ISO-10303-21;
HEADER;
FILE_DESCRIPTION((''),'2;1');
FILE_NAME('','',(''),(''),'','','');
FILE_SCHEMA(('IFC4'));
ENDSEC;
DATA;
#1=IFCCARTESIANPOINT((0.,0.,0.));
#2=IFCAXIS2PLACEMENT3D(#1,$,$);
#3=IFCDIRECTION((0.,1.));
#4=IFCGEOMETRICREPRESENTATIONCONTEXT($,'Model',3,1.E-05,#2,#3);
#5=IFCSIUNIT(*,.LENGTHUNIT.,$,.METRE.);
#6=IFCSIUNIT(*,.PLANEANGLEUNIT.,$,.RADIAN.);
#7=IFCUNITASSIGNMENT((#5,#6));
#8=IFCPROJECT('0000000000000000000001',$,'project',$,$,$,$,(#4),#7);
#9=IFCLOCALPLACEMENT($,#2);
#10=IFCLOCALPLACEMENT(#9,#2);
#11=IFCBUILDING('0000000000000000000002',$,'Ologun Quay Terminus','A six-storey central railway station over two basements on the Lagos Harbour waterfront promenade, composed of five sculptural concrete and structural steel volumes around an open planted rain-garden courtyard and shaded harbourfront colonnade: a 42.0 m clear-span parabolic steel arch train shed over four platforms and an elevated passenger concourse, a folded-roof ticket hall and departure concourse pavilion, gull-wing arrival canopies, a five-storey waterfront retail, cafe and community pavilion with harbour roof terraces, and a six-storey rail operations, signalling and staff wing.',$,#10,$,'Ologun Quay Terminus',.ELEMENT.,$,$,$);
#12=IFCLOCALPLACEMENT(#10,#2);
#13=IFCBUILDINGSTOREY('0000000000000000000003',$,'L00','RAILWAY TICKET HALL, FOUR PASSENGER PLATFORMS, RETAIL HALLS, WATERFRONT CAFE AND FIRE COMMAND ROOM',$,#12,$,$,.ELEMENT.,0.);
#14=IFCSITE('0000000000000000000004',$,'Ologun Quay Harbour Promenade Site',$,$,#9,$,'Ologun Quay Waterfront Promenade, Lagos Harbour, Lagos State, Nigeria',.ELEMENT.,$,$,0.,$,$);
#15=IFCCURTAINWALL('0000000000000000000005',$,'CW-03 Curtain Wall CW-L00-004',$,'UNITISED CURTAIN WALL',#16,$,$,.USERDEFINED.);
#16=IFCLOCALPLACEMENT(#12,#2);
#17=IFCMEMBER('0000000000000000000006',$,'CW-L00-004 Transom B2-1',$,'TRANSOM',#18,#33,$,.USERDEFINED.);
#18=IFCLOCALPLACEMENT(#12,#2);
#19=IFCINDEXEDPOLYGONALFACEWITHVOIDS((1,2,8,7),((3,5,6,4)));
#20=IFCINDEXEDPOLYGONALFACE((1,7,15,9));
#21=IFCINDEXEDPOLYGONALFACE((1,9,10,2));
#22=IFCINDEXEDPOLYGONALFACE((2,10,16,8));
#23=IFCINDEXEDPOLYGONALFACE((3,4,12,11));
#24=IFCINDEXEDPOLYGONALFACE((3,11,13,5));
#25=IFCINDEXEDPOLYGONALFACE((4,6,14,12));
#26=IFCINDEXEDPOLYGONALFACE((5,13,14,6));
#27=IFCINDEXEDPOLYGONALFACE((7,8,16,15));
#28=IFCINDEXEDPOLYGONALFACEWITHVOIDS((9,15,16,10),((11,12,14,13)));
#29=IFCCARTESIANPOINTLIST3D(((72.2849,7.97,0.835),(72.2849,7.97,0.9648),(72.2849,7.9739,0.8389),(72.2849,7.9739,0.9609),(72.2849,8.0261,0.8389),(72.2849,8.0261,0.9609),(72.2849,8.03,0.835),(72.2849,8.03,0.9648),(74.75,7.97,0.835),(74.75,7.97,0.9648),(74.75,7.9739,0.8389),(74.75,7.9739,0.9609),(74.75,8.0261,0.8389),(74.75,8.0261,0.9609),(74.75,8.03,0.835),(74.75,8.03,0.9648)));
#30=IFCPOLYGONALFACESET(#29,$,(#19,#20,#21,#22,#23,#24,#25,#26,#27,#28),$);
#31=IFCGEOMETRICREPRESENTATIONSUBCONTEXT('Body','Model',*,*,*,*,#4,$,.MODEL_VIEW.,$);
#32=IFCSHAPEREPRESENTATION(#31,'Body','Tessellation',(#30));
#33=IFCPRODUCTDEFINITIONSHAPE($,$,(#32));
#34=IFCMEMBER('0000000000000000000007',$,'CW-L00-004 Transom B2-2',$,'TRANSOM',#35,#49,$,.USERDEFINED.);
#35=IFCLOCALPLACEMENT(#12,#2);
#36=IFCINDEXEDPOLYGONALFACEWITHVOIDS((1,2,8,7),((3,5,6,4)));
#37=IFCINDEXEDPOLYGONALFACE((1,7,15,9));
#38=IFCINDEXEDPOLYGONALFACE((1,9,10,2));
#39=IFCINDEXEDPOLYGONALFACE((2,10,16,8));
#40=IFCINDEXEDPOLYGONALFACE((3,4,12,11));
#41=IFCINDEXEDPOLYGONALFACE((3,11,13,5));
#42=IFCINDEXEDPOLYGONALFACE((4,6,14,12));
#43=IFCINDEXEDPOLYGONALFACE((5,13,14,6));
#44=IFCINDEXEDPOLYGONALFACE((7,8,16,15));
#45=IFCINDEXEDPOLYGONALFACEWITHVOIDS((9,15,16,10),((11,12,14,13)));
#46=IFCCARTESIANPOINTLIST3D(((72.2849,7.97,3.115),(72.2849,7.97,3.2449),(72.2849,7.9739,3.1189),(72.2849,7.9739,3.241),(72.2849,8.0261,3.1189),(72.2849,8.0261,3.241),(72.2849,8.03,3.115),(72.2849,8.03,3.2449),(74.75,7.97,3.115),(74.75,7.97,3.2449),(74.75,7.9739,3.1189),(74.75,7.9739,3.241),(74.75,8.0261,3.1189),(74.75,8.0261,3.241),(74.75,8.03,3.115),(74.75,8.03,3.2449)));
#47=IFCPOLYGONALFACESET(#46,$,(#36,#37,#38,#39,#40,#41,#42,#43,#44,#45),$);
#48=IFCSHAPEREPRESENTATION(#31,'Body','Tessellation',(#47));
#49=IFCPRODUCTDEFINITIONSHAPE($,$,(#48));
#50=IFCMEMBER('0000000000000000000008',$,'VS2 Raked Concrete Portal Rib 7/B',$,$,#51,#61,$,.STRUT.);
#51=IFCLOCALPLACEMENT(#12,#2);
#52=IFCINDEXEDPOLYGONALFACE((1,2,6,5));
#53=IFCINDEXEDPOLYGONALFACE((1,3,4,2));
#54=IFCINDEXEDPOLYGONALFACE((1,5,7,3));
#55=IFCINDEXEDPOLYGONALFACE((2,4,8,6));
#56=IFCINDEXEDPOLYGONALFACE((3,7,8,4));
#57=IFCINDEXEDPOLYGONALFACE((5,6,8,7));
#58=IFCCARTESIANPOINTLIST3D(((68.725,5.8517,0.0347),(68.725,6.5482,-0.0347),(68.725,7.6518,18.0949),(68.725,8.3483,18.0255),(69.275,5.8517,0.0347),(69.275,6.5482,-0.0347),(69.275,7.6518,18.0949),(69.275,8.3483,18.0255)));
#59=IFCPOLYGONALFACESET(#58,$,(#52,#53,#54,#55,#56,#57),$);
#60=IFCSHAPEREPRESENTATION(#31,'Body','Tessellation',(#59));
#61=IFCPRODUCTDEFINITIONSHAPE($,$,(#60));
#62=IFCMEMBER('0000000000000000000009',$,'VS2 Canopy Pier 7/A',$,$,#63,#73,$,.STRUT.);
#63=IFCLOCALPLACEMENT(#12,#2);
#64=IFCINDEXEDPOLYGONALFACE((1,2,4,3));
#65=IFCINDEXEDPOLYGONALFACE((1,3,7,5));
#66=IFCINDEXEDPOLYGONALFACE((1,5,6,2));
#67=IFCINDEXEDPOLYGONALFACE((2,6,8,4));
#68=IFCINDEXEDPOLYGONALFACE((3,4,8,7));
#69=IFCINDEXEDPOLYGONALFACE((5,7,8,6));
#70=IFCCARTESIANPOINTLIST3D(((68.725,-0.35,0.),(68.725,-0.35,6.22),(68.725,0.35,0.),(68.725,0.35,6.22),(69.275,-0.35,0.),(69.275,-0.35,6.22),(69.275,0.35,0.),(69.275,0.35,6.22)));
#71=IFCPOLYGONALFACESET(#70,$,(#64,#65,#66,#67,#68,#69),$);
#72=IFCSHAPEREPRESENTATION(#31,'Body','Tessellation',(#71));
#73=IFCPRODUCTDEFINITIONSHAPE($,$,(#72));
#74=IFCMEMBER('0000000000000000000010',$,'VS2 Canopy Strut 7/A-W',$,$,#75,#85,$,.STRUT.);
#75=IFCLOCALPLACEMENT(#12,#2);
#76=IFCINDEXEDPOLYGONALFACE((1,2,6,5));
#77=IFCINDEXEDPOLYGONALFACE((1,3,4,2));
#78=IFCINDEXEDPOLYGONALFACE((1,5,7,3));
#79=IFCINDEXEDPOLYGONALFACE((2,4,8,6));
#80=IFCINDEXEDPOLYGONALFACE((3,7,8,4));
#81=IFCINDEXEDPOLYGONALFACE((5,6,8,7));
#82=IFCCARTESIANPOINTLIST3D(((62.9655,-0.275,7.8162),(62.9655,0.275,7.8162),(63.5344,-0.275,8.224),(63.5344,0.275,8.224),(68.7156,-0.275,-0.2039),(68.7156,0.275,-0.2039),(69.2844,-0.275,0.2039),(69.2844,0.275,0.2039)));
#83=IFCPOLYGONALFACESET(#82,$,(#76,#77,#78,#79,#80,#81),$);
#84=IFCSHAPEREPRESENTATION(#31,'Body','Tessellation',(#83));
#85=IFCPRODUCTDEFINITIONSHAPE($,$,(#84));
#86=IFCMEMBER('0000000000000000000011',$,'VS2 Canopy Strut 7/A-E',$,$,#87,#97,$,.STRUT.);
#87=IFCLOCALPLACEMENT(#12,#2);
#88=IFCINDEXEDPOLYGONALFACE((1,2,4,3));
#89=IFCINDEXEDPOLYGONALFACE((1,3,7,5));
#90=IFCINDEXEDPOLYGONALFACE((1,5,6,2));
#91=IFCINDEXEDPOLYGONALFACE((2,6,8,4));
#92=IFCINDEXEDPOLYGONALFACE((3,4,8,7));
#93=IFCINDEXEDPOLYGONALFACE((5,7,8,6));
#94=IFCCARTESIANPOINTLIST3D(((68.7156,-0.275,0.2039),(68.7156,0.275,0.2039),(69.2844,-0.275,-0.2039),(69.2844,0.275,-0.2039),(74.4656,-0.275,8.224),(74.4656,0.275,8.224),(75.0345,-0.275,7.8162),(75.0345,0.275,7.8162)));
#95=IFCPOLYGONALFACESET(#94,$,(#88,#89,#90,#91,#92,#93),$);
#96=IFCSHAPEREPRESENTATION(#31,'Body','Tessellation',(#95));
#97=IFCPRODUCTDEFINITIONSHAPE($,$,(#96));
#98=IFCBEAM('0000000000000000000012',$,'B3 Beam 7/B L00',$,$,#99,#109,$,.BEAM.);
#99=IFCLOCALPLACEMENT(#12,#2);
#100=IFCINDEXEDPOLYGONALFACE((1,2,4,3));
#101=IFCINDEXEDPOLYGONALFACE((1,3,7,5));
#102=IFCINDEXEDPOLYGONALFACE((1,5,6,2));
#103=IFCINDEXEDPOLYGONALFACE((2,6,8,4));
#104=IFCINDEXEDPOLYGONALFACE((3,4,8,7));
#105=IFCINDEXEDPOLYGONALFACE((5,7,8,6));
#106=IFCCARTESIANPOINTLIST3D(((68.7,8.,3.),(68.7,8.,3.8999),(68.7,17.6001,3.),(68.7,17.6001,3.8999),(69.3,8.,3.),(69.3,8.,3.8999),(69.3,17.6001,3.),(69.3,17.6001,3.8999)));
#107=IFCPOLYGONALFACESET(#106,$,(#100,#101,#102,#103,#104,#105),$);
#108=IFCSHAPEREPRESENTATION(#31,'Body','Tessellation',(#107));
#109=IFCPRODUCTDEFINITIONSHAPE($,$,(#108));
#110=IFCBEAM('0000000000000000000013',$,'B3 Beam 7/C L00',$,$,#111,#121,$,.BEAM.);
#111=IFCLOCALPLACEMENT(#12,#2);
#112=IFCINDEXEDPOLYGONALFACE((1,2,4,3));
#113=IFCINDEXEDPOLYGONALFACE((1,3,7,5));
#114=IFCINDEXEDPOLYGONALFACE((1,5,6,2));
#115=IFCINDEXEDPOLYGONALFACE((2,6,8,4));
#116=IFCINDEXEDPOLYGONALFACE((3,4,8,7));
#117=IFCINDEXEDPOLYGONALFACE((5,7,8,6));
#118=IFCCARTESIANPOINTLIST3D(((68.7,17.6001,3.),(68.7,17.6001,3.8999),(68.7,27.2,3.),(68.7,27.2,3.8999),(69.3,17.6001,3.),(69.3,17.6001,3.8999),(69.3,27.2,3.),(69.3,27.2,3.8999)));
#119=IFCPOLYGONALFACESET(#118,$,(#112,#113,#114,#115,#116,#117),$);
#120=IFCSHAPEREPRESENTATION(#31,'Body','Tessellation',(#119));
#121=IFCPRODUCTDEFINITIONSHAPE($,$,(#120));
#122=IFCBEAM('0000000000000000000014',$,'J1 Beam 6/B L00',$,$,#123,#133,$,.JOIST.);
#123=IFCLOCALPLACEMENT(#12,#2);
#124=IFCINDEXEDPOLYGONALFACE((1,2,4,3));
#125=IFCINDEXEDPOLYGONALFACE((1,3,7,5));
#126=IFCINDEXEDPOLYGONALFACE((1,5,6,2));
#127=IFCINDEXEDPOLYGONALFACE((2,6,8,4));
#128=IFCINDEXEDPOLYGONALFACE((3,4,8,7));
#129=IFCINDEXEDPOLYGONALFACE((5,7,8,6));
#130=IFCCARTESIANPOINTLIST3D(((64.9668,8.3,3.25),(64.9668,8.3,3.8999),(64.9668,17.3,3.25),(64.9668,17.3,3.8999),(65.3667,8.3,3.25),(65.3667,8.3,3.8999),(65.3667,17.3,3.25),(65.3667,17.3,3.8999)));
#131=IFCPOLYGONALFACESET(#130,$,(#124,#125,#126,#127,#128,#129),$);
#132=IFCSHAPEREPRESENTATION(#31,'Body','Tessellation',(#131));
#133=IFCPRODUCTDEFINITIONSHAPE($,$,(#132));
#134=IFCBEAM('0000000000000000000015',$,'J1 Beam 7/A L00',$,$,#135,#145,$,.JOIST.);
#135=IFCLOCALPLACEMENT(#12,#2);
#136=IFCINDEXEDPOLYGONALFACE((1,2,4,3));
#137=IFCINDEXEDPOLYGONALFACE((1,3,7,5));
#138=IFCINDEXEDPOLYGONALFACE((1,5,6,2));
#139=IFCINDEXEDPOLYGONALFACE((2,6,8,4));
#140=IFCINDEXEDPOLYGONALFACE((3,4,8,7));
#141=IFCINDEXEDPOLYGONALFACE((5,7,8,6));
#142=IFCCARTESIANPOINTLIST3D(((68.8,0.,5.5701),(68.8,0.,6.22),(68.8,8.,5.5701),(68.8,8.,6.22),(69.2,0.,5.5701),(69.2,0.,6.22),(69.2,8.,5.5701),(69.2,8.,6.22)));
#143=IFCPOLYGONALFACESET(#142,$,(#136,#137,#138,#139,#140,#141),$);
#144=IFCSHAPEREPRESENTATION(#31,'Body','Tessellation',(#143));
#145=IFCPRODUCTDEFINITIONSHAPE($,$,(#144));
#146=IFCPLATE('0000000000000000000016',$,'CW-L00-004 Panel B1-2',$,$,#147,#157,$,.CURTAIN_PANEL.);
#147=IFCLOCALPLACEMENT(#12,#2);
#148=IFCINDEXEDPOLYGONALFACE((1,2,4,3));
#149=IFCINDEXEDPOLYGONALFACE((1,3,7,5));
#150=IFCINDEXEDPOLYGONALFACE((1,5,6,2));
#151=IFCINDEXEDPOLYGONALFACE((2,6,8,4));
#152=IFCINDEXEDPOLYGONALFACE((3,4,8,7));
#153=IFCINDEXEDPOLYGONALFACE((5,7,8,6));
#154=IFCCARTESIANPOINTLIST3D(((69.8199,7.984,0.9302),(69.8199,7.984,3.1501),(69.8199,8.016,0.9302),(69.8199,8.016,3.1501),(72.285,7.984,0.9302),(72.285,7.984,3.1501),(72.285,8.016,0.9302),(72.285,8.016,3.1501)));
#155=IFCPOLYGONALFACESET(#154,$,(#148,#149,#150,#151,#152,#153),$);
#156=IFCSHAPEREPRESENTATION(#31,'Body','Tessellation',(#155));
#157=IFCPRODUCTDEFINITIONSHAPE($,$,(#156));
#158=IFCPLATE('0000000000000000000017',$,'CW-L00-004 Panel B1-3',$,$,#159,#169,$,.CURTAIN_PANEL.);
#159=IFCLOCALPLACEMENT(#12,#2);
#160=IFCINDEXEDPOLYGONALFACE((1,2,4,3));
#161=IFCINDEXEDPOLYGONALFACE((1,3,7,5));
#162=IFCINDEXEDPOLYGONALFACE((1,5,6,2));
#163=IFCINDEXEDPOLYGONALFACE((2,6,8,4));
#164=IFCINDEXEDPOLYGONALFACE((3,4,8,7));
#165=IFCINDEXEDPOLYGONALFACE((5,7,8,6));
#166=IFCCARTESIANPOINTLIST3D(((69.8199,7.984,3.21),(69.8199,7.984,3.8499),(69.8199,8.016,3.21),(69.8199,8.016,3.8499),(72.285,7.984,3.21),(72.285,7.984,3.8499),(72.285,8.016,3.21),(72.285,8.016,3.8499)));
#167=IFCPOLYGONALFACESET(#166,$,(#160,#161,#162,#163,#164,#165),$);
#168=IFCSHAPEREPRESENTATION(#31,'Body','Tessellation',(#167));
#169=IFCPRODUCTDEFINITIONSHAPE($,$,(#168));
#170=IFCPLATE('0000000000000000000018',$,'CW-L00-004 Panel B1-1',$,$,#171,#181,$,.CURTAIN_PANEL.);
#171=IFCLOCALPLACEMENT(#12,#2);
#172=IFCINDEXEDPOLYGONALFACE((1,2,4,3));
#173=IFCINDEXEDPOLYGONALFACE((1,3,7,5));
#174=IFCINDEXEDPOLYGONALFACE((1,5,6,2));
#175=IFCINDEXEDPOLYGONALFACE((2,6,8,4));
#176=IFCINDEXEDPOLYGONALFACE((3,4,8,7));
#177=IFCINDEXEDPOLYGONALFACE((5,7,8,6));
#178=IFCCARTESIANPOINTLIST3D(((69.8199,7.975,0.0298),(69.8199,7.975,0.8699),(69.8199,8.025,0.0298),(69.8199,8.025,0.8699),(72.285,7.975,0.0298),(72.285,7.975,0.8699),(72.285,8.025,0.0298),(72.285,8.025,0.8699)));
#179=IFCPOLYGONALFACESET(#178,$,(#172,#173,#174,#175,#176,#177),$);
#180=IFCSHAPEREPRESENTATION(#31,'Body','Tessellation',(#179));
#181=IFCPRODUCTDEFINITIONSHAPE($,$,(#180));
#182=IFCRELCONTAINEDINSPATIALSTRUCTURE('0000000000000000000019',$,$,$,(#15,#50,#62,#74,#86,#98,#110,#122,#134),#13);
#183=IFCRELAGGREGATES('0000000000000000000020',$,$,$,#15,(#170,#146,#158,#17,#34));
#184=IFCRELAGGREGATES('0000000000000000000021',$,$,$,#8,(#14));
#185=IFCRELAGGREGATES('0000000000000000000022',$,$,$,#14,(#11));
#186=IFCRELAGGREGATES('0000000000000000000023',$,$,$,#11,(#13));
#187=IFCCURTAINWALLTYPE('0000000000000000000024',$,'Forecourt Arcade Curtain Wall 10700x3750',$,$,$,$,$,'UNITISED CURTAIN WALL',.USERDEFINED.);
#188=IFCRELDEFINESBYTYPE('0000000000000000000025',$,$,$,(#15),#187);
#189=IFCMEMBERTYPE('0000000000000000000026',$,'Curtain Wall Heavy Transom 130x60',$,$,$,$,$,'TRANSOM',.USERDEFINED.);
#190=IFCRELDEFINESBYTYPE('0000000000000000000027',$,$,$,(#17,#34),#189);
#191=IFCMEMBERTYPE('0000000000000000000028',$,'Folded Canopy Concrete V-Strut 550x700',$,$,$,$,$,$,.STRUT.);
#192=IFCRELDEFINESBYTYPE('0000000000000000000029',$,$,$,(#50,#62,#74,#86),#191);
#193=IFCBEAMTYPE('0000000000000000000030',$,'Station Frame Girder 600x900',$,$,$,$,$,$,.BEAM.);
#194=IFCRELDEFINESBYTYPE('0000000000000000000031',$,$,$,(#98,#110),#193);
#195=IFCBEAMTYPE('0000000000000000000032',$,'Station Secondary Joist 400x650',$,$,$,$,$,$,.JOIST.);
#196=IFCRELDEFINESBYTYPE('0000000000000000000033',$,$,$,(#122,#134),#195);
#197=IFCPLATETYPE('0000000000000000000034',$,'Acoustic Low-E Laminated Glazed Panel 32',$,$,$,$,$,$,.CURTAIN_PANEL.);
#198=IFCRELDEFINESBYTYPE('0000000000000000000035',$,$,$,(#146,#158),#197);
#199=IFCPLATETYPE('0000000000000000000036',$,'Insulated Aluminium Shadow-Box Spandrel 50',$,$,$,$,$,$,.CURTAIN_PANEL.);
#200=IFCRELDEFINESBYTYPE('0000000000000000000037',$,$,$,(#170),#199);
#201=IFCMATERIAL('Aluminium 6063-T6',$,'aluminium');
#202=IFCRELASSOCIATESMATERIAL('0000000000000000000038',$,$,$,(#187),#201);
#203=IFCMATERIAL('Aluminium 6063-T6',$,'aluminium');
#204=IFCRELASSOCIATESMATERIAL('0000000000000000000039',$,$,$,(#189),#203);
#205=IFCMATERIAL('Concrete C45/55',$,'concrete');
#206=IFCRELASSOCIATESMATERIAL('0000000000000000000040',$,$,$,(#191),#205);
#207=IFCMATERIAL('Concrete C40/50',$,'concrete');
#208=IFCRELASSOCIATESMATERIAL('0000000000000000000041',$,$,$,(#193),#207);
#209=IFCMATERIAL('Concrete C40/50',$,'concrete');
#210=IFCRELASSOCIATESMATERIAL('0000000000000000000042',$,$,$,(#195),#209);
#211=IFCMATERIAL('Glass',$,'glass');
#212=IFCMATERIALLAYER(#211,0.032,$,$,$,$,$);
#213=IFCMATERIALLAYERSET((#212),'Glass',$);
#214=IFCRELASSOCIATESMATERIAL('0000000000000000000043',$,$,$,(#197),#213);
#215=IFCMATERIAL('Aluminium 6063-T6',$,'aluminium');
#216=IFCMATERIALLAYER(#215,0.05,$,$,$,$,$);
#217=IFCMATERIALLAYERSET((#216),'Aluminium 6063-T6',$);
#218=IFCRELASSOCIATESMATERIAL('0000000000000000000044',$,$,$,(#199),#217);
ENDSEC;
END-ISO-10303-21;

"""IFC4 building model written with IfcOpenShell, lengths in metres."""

from ifc_helpers import new_model, si_unit, direction, frame, origin, origin_2d, place, context, subcontext, project, spatial, rectangle, hollow_rectangle, extrude, material, layer, layer_set, material_profile, profile_set, type_object, element, aggregate, save


model = new_model("IFC4")

# Units and contexts
model_context = context("Model", 3, precision=1e-05, world=origin(), true_north=direction((0.0, 1.0)))
body_context = subcontext(model_context, "Body", "Model", "MODEL_VIEW")
ifc_project = project(units=[si_unit("LENGTHUNIT", "METRE"), si_unit("PLANEANGLEUNIT", "RADIAN")], contexts=[model_context])

# Site, building, storey
site_placement = place(None, origin())
site = spatial("IfcSite", under=ifc_project, at=site_placement, Name="Ologun Quay Harbour Promenade Site", LongName="Ologun Quay Waterfront Promenade, Lagos Harbour, Lagos State, Nigeria", CompositionType="ELEMENT", RefElevation=0.0)
building_placement = place(site_placement, origin())
building = spatial("IfcBuilding", under=site, at=building_placement, Name="Ologun Quay Terminus", Description="A six-storey central railway station over two basements on the Lagos Harbour waterfront promenade, composed of five sculptural concrete and structural steel volumes around an open planted rain-garden courtyard and shaded harbourfront colonnade: a 42.0 m clear-span parabolic steel arch train shed over four platforms and an elevated passenger concourse, a folded-roof ticket hall and departure concourse pavilion, gull-wing arrival canopies, a five-storey waterfront retail, cafe and community pavilion with harbour roof terraces, and a six-storey rail operations, signalling and staff wing.", LongName="Ologun Quay Terminus", CompositionType="ELEMENT")
storey_placement = place(building_placement, origin())
storey = spatial("IfcBuildingStorey", under=building, at=storey_placement, Name="L00", Description="RAILWAY TICKET HALL, FOUR PASSENGER PLATFORMS, RETAIL HALLS, WATERFRONT CAFE AND FIRE COMMAND ROOM", CompositionType="ELEMENT", Elevation=0.0)

# Curtain wall, members
ifc_material_1 = material(Name="Aluminium 6063-T6", Category="aluminium")
curtain_wall_type = type_object("IfcCurtainWallType", Name="Forecourt Arcade Curtain Wall 10700x3750", ElementType="UNITISED CURTAIN WALL", PredefinedType="USERDEFINED", material=ifc_material_1)
curtain_wall_placement = place(storey_placement, origin())
curtain_wall = element("IfcCurtainWall", 1, at=curtain_wall_placement, inside=storey, type_object=curtain_wall_type, Name="CW-03 Curtain Wall CW-L00-004", ObjectType="UNITISED CURTAIN WALL", PredefinedType="USERDEFINED")
ifc_material_2 = material(Name="Aluminium 6063-T6", Category="aluminium")
ifc_material_profile_1 = material_profile(ifc_material_2, hollow_rectangle(XDim=0.0601, YDim=0.1299, WallThickness=0.0039, at=origin_2d()), Name="ALU 130x60x4")
ifc_profile_set_1 = profile_set([ifc_material_profile_1], Name="Aluminium 6063-T6")
member_type_1 = type_object("IfcMemberType", Name="Curtain Wall Heavy Transom 130x60", ElementType="TRANSOM", PredefinedType="USERDEFINED", material=ifc_profile_set_1)
member_1_placement = place(storey_placement, frame((72.2849, 8.0, 0.8999), z_axis=(1.0, 0.0, 0.0), x_axis=(0.0, 1.0, 0.0)))
member_1 = element("IfcMember", 2, at=member_1_placement, type_object=member_type_1, Name="CW-L00-004 Transom B2-1", ObjectType="TRANSOM", PredefinedType="USERDEFINED", context=body_context, shape_type="SweptSolid", body=[
    extrude(hollow_rectangle(XDim=0.0601, YDim=0.1299, WallThickness=0.0039, at=origin_2d()), origin(), (0.0, 0.0, 1.0), 2.4651),
])
member_2_placement = place(storey_placement, frame((72.2849, 8.0, 3.1799), z_axis=(1.0, 0.0, 0.0), x_axis=(0.0, 1.0, 0.0)))
member_2 = element("IfcMember", 3, at=member_2_placement, type_object=member_type_1, Name="CW-L00-004 Transom B2-2", ObjectType="TRANSOM", PredefinedType="USERDEFINED", context=body_context, shape_type="SweptSolid", body=[
    extrude(hollow_rectangle(XDim=0.0601, YDim=0.1299, WallThickness=0.0039, at=origin_2d()), origin(), (0.0, 0.0, 1.0), 2.4651),
])

# Members
ifc_material_3 = material(Name="Concrete C45/55", Category="concrete")
ifc_material_profile_2 = material_profile(ifc_material_3, rectangle(XDim=0.55, YDim=0.7, at=origin_2d()), Name="RC 550x700")
ifc_profile_set_2 = profile_set([ifc_material_profile_2], Name="Concrete C45/55")
member_type_2 = type_object("IfcMemberType", Name="Folded Canopy Concrete V-Strut 550x700", PredefinedType="STRUT", material=ifc_profile_set_2)
member_3_placement = place(storey_placement, frame((69.0, 6.2, 0.0), z_axis=(0.0, 0.099179, 0.99507), x_axis=(-1.0, 0.0, 0.0)))
element("IfcMember", 4, at=member_3_placement, inside=storey, type_object=member_type_2, Name="VS2 Raked Concrete Portal Rib 7/B", PredefinedType="STRUT", context=body_context, shape_type="SweptSolid", body=[
    extrude(rectangle(XDim=0.55, YDim=0.7, at=origin_2d()), origin(), (0.0, 0.0, 1.0), 18.1497),
])
member_4_placement = place(storey_placement, frame((69.0, 0.0, 0.0), z_axis=(0.0, 0.0, 1.0), x_axis=(1.0, 0.0, 0.0)))
element("IfcMember", 5, at=member_4_placement, inside=storey, type_object=member_type_2, Name="VS2 Canopy Pier 7/A", PredefinedType="STRUT", context=body_context, shape_type="SweptSolid", body=[
    extrude(rectangle(XDim=0.55, YDim=0.7, at=origin_2d()), origin(), (0.0, 0.0, 1.0), 6.22),
])
for number, where, z_axis, x_axis, name in (
    (6, (69.0, 0.0, 0.0), (-0.582674, 0.0, 0.812706), (0.0, -1.0, 0.0), "VS2 Canopy Strut 7/A-W"),
    (7, (69.0, 0.0, 0.0), (0.582674, 0.0, 0.812706), (0.0, 1.0, 0.0), "VS2 Canopy Strut 7/A-E"),
):
    element("IfcMember", number, at=place(storey_placement, frame(where, z_axis=z_axis, x_axis=x_axis)), inside=storey, type_object=member_type_2, Name=name, PredefinedType="STRUT", context=body_context, shape_type="SweptSolid", body=[
        extrude(rectangle(XDim=0.55, YDim=0.7, at=origin_2d()), origin(), (0.0, 0.0, 1.0), 9.8684),
    ])

# Beams
ifc_material_4 = material(Name="Concrete C40/50", Category="concrete")
ifc_material_profile_3 = material_profile(ifc_material_4, rectangle(XDim=0.6001, YDim=0.8999, at=origin_2d()), Name="RC 600x900")
ifc_profile_set_3 = profile_set([ifc_material_profile_3], Name="Concrete C40/50")
beam_type_1 = type_object("IfcBeamType", Name="Station Frame Girder 600x900", PredefinedType="BEAM", material=ifc_profile_set_3)
beam_1_placement = place(storey_placement, frame((69.0, 8.0, 3.45), z_axis=(0.0, 1.0, 0.0), x_axis=(-1.0, 0.0, 0.0)))
element("IfcBeam", 8, at=beam_1_placement, inside=storey, type_object=beam_type_1, Name="B3 Beam 7/B L00", PredefinedType="BEAM", context=body_context, shape_type="SweptSolid", body=[
    extrude(rectangle(XDim=0.6001, YDim=0.8999, at=origin_2d()), origin(), (0.0, 0.0, 1.0), 9.6001),
])
beam_2_placement = place(storey_placement, frame((69.0, 17.6001, 3.45), z_axis=(0.0, 1.0, 0.0), x_axis=(-1.0, 0.0, 0.0)))
element("IfcBeam", 9, at=beam_2_placement, inside=storey, type_object=beam_type_1, Name="B3 Beam 7/C L00", PredefinedType="BEAM", context=body_context, shape_type="SweptSolid", body=[
    extrude(rectangle(XDim=0.6001, YDim=0.8999, at=origin_2d()), origin(), (0.0, 0.0, 1.0), 9.5999),
])
ifc_material_5 = material(Name="Concrete C40/50", Category="concrete")
ifc_material_profile_4 = material_profile(ifc_material_5, rectangle(XDim=0.3999, YDim=0.6499, at=origin_2d()), Name="RC 400x650")
ifc_profile_set_4 = profile_set([ifc_material_profile_4], Name="Concrete C40/50")
beam_type_2 = type_object("IfcBeamType", Name="Station Secondary Joist 400x650", PredefinedType="JOIST", material=ifc_profile_set_4)
beam_3_placement = place(storey_placement, frame((65.1667, 8.3, 3.575), z_axis=(0.0, 1.0, 0.0), x_axis=(-1.0, 0.0, 0.0)))
element("IfcBeam", 10, at=beam_3_placement, inside=storey, type_object=beam_type_2, Name="J1 Beam 6/B L00", PredefinedType="JOIST", context=body_context, shape_type="SweptSolid", body=[
    extrude(rectangle(XDim=0.3999, YDim=0.6499, at=origin_2d()), origin(), (0.0, 0.0, 1.0), 9.0),
])
beam_4_placement = place(storey_placement, frame((69.0, 0.0, 5.895), z_axis=(0.0, 1.0, 0.0), x_axis=(-1.0, 0.0, 0.0)))
element("IfcBeam", 11, at=beam_4_placement, inside=storey, type_object=beam_type_2, Name="J1 Beam 7/A L00", PredefinedType="JOIST", context=body_context, shape_type="SweptSolid", body=[
    extrude(rectangle(XDim=0.3999, YDim=0.6499, at=origin_2d()), origin(), (0.0, 0.0, 1.0), 8.0),
])

# Plates
ifc_material_6 = material(Name="Glass", Category="glass")
ifc_layer_1 = layer(ifc_material_6, 0.032)
ifc_layer_set_1 = layer_set([ifc_layer_1], Name="Glass")
plate_type_1 = type_object("IfcPlateType", Name="Acoustic Low-E Laminated Glazed Panel 32", PredefinedType="CURTAIN_PANEL", material=ifc_layer_set_1)
plate_1_placement = place(storey_placement, frame((71.0525, 8.0, 0.9302), z_axis=(0.0, 0.0, 1.0), x_axis=(1.0, 0.0, 0.0)))
plate_1 = element("IfcPlate", 12, at=plate_1_placement, type_object=plate_type_1, Name="CW-L00-004 Panel B1-2", PredefinedType="CURTAIN_PANEL", context=body_context, shape_type="SweptSolid", body=[
    extrude(rectangle(XDim=2.4651, YDim=0.032, at=origin_2d()), origin(), (0.0, 0.0, 1.0), 2.22),
])
plate_2_placement = place(storey_placement, frame((71.0525, 8.0, 3.21), z_axis=(0.0, 0.0, 1.0), x_axis=(1.0, 0.0, 0.0)))
plate_2 = element("IfcPlate", 13, at=plate_2_placement, type_object=plate_type_1, Name="CW-L00-004 Panel B1-3", PredefinedType="CURTAIN_PANEL", context=body_context, shape_type="SweptSolid", body=[
    extrude(rectangle(XDim=2.4651, YDim=0.032, at=origin_2d()), origin(), (0.0, 0.0, 1.0), 0.6399),
])
ifc_material_7 = material(Name="Aluminium 6063-T6", Category="aluminium")
ifc_layer_2 = layer(ifc_material_7, 0.05)
ifc_layer_set_2 = layer_set([ifc_layer_2], Name="Aluminium 6063-T6")
plate_type_2 = type_object("IfcPlateType", Name="Insulated Aluminium Shadow-Box Spandrel 50", PredefinedType="CURTAIN_PANEL", material=ifc_layer_set_2)
plate_3_placement = place(storey_placement, frame((71.0525, 8.0, 0.0298), z_axis=(0.0, 0.0, 1.0), x_axis=(1.0, 0.0, 0.0)))
plate_3 = element("IfcPlate", 14, at=plate_3_placement, type_object=plate_type_2, Name="CW-L00-004 Panel B1-1", PredefinedType="CURTAIN_PANEL", context=body_context, shape_type="SweptSolid", body=[
    extrude(rectangle(XDim=2.4651, YDim=0.05, at=origin_2d()), origin(), (0.0, 0.0, 1.0), 0.8401),
])
aggregate(curtain_wall, [plate_3, plate_1, plate_2, member_1, member_2])

save(model, "model.ifc")
